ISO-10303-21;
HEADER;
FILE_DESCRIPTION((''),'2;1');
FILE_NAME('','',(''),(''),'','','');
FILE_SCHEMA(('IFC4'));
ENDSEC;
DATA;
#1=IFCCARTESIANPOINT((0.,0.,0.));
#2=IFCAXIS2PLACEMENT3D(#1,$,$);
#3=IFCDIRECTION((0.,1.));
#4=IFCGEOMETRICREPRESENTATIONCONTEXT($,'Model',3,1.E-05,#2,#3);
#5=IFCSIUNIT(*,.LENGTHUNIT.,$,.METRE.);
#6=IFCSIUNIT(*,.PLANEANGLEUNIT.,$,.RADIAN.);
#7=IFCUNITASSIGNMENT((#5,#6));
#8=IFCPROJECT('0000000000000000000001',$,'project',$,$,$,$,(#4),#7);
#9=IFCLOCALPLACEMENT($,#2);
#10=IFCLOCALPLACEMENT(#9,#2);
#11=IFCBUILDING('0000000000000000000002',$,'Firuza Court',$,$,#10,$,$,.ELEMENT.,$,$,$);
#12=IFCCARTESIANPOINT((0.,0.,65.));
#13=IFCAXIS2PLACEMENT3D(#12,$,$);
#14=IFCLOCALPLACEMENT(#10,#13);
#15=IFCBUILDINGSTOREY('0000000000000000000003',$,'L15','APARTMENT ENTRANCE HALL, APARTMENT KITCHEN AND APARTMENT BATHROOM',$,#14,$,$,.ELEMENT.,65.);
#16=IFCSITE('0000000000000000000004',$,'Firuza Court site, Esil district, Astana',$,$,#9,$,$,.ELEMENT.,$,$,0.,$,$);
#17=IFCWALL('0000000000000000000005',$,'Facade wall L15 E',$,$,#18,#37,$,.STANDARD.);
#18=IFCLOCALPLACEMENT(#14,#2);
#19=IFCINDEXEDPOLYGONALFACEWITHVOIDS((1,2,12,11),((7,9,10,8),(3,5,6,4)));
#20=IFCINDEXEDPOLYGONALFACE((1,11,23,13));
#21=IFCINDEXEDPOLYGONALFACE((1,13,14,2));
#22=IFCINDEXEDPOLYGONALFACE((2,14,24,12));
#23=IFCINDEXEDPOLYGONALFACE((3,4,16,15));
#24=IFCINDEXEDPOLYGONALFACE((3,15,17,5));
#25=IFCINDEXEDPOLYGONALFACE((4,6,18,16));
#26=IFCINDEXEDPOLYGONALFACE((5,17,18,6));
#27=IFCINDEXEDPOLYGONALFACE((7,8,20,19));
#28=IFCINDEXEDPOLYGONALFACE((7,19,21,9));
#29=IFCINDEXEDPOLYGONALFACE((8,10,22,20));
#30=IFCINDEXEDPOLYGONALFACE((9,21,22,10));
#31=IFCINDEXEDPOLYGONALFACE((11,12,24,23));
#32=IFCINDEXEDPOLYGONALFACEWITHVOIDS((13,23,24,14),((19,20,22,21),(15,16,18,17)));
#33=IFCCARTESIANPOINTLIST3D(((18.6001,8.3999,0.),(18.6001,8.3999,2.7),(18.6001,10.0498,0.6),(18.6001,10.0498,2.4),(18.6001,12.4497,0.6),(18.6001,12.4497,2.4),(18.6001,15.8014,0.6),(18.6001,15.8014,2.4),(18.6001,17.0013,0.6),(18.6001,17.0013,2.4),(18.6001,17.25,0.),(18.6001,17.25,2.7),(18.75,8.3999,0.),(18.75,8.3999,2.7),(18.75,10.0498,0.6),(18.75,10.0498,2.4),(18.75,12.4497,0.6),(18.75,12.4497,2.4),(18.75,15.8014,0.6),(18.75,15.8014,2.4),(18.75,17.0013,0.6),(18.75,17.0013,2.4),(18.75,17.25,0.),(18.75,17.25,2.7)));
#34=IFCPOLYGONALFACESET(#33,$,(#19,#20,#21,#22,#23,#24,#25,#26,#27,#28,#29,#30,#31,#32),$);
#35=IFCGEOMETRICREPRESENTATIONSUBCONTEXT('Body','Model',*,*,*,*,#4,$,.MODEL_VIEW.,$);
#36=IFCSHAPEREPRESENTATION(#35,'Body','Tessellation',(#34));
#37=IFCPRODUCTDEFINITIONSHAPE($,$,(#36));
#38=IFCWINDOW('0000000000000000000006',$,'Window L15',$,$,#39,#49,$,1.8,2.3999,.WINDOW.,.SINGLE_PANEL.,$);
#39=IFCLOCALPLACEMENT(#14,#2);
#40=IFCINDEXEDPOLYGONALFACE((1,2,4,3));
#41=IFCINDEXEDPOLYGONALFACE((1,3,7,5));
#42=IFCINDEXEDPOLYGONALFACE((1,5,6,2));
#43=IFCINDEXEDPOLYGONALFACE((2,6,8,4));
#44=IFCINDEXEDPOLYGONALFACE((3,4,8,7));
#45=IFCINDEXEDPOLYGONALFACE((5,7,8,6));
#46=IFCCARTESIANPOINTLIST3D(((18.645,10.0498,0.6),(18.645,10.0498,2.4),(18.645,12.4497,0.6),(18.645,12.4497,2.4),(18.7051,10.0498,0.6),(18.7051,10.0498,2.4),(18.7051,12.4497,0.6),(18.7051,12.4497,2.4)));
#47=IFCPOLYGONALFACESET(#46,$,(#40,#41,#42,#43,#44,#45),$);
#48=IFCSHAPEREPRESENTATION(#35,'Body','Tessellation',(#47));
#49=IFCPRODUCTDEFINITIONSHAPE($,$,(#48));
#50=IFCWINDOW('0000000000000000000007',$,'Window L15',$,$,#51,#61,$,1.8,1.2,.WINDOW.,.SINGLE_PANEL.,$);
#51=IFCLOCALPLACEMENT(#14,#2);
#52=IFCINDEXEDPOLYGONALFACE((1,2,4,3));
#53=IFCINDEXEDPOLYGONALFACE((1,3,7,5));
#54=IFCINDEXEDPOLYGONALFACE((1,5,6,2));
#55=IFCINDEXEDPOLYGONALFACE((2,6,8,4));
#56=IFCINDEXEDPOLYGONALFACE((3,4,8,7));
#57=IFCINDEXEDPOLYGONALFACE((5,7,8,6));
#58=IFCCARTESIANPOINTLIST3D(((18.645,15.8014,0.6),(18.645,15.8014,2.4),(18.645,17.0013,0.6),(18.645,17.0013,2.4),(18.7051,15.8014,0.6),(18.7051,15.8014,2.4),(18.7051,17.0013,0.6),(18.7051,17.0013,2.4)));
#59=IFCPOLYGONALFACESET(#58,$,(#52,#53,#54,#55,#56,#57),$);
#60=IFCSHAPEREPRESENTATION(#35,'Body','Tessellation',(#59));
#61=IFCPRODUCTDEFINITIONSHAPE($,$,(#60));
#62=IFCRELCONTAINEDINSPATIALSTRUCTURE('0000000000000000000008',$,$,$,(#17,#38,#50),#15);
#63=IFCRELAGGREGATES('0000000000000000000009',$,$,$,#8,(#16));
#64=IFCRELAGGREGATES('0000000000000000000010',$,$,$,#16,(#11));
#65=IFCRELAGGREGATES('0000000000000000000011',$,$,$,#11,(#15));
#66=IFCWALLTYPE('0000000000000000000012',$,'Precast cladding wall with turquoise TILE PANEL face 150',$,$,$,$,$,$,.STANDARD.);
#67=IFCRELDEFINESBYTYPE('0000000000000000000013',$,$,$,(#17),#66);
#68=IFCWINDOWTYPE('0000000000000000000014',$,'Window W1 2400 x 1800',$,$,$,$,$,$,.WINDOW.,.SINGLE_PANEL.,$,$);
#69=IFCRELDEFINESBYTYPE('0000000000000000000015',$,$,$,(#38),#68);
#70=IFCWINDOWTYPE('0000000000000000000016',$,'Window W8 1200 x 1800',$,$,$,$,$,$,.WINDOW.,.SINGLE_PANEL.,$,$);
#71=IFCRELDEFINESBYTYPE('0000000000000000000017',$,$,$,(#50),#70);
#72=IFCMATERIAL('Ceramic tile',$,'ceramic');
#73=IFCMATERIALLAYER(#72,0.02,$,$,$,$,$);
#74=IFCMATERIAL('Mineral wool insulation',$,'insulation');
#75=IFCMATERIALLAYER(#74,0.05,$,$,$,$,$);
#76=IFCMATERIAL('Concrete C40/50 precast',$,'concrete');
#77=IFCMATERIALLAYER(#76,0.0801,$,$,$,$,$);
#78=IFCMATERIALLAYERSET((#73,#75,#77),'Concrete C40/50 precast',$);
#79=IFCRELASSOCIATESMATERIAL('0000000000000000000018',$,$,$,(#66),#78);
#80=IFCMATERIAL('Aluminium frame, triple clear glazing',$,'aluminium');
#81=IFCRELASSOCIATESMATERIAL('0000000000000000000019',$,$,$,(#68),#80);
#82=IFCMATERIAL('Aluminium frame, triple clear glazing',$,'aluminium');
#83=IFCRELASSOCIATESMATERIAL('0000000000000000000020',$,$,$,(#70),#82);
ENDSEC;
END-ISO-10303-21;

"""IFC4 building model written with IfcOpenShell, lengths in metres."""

from ifc_helpers import new_model, si_unit, direction, frame, frame_2d, origin, place, context, subcontext, project, spatial, rectangle, extrude, material, layer, layer_set, type_object, element, fill, save


model = new_model("IFC4")

# Units and contexts
model_context = context("Model", 3, precision=1e-05, world=origin(), true_north=direction((0.0, 1.0)))
body_context = subcontext(model_context, "Body", "Model", "MODEL_VIEW")
ifc_project = project(units=[si_unit("LENGTHUNIT", "METRE"), si_unit("PLANEANGLEUNIT", "RADIAN")], contexts=[model_context])

# Site, building, storey
site_placement = place(None, origin())
site = spatial("IfcSite", under=ifc_project, at=site_placement, Name="Firuza Court site, Esil district, Astana", CompositionType="ELEMENT", RefElevation=0.0)
building_placement = place(site_placement, origin())
building = spatial("IfcBuilding", under=site, at=building_placement, Name="Firuza Court", CompositionType="ELEMENT")
storey_placement = place(building_placement, frame((0.0, 0.0, 65.0)))
storey = spatial("IfcBuildingStorey", under=building, at=storey_placement, Name="L15", Description="APARTMENT ENTRANCE HALL, APARTMENT KITCHEN AND APARTMENT BATHROOM", CompositionType="ELEMENT", Elevation=65.0)

# Shared definitions
ifc_material_1 = material(Name="Ceramic tile", Category="ceramic")
ifc_layer_1 = layer(ifc_material_1, 0.02)
ifc_material_2 = material(Name="Mineral wool insulation", Category="insulation")
ifc_layer_2 = layer(ifc_material_2, 0.05)
ifc_material_3 = material(Name="Concrete C40/50 precast", Category="concrete")
ifc_layer_3 = layer(ifc_material_3, 0.0801)
ifc_layer_set_1 = layer_set([ifc_layer_1, ifc_layer_2, ifc_layer_3], Name="Concrete C40/50 precast")
wall_type_1 = type_object("IfcWallType", Name="Precast cladding wall with turquoise TILE PANEL face 150", PredefinedType="STANDARD", material=ifc_layer_set_1)

# Shared definitions
ifc_material_4 = material(Name="Aluminium frame, triple clear glazing", Category="aluminium")
window_type_1 = type_object("IfcWindowType", Name="Window W1 2400 x 1800", PartitioningType="SINGLE_PANEL", PredefinedType="WINDOW", material=ifc_material_4)

# Wall, openings, windows
wall_1_placement = place(storey_placement, frame((18.675, 8.3999, 0.0), z_axis=(0.0, 0.0, 1.0), x_axis=(0.0, 1.0, 0.0)))
wall_1 = element("IfcWall", 1, at=wall_1_placement, inside=storey, type_object=wall_type_1, Name="Facade wall L15 E", PredefinedType="STANDARD", context=body_context, shape_type="SweptSolid", body=[
    extrude(rectangle(XDim=8.8501, YDim=0.1499, at=frame_2d((4.425, 0.0))), origin(), (0.0, 0.0, 1.0), 2.7),
])
opening_1_placement = place(wall_1_placement, frame((1.6499, 0.0, 0.6001)))
opening_1 = element("IfcOpeningElement", 2, at=opening_1_placement, cuts=wall_1, PredefinedType="OPENING", context=body_context, shape_type="SweptSolid", body=[
    extrude(rectangle(XDim=2.3999, YDim=1.8, at=frame_2d((1.2, 0.8999))), frame((0.0, 0.0869, 0.0), z_axis=(0.0, -1.0, 0.0), x_axis=(1.0, 0.0, 0.0)), (0.0, 0.0, 1.0), 0.1738),
])
opening_2_placement = place(wall_1_placement, frame((7.4014, 0.0, 0.6001)))
opening_2 = element("IfcOpeningElement", 3, at=opening_2_placement, cuts=wall_1, PredefinedType="OPENING", context=body_context, shape_type="SweptSolid", body=[
    extrude(rectangle(XDim=1.2, YDim=1.8, at=frame_2d((0.6001, 0.8999))), frame((0.0, 0.0869, 0.0), z_axis=(0.0, -1.0, 0.0), x_axis=(1.0, 0.0, 0.0)), (0.0, 0.0, 1.0), 0.1738),
])
window_1_placement = place(opening_1_placement, origin())
window_1 = element("IfcWindow", 4, at=window_1_placement, inside=storey, type_object=window_type_1, Name="Window L15", OverallHeight=1.8, OverallWidth=2.3999, PartitioningType="SINGLE_PANEL", PredefinedType="WINDOW", context=body_context, shape_type="SweptSolid", body=[
    extrude(rectangle(XDim=2.3999, YDim=1.8, at=frame_2d((1.2, 0.8999))), frame((0.0, 0.03, 0.0), z_axis=(0.0, -1.0, 0.0), x_axis=(1.0, 0.0, 0.0)), (0.0, 0.0, 1.0), 0.0601),
])
fill(opening_1, window_1)
ifc_material_5 = material(Name="Aluminium frame, triple clear glazing", Category="aluminium")
window_type_2 = type_object("IfcWindowType", Name="Window W8 1200 x 1800", PartitioningType="SINGLE_PANEL", PredefinedType="WINDOW", material=ifc_material_5)
window_2_placement = place(opening_2_placement, origin())
window_2 = element("IfcWindow", 5, at=window_2_placement, inside=storey, type_object=window_type_2, Name="Window L15", OverallHeight=1.8, OverallWidth=1.2, PartitioningType="SINGLE_PANEL", PredefinedType="WINDOW", context=body_context, shape_type="SweptSolid", body=[
    extrude(rectangle(XDim=1.2, YDim=1.8, at=frame_2d((0.6001, 0.8999))), frame((0.0, 0.03, 0.0), z_axis=(0.0, -1.0, 0.0), x_axis=(1.0, 0.0, 0.0)), (0.0, 0.0, 1.0), 0.0601),
])
fill(opening_2, window_2)

save(model, "model.ifc")
